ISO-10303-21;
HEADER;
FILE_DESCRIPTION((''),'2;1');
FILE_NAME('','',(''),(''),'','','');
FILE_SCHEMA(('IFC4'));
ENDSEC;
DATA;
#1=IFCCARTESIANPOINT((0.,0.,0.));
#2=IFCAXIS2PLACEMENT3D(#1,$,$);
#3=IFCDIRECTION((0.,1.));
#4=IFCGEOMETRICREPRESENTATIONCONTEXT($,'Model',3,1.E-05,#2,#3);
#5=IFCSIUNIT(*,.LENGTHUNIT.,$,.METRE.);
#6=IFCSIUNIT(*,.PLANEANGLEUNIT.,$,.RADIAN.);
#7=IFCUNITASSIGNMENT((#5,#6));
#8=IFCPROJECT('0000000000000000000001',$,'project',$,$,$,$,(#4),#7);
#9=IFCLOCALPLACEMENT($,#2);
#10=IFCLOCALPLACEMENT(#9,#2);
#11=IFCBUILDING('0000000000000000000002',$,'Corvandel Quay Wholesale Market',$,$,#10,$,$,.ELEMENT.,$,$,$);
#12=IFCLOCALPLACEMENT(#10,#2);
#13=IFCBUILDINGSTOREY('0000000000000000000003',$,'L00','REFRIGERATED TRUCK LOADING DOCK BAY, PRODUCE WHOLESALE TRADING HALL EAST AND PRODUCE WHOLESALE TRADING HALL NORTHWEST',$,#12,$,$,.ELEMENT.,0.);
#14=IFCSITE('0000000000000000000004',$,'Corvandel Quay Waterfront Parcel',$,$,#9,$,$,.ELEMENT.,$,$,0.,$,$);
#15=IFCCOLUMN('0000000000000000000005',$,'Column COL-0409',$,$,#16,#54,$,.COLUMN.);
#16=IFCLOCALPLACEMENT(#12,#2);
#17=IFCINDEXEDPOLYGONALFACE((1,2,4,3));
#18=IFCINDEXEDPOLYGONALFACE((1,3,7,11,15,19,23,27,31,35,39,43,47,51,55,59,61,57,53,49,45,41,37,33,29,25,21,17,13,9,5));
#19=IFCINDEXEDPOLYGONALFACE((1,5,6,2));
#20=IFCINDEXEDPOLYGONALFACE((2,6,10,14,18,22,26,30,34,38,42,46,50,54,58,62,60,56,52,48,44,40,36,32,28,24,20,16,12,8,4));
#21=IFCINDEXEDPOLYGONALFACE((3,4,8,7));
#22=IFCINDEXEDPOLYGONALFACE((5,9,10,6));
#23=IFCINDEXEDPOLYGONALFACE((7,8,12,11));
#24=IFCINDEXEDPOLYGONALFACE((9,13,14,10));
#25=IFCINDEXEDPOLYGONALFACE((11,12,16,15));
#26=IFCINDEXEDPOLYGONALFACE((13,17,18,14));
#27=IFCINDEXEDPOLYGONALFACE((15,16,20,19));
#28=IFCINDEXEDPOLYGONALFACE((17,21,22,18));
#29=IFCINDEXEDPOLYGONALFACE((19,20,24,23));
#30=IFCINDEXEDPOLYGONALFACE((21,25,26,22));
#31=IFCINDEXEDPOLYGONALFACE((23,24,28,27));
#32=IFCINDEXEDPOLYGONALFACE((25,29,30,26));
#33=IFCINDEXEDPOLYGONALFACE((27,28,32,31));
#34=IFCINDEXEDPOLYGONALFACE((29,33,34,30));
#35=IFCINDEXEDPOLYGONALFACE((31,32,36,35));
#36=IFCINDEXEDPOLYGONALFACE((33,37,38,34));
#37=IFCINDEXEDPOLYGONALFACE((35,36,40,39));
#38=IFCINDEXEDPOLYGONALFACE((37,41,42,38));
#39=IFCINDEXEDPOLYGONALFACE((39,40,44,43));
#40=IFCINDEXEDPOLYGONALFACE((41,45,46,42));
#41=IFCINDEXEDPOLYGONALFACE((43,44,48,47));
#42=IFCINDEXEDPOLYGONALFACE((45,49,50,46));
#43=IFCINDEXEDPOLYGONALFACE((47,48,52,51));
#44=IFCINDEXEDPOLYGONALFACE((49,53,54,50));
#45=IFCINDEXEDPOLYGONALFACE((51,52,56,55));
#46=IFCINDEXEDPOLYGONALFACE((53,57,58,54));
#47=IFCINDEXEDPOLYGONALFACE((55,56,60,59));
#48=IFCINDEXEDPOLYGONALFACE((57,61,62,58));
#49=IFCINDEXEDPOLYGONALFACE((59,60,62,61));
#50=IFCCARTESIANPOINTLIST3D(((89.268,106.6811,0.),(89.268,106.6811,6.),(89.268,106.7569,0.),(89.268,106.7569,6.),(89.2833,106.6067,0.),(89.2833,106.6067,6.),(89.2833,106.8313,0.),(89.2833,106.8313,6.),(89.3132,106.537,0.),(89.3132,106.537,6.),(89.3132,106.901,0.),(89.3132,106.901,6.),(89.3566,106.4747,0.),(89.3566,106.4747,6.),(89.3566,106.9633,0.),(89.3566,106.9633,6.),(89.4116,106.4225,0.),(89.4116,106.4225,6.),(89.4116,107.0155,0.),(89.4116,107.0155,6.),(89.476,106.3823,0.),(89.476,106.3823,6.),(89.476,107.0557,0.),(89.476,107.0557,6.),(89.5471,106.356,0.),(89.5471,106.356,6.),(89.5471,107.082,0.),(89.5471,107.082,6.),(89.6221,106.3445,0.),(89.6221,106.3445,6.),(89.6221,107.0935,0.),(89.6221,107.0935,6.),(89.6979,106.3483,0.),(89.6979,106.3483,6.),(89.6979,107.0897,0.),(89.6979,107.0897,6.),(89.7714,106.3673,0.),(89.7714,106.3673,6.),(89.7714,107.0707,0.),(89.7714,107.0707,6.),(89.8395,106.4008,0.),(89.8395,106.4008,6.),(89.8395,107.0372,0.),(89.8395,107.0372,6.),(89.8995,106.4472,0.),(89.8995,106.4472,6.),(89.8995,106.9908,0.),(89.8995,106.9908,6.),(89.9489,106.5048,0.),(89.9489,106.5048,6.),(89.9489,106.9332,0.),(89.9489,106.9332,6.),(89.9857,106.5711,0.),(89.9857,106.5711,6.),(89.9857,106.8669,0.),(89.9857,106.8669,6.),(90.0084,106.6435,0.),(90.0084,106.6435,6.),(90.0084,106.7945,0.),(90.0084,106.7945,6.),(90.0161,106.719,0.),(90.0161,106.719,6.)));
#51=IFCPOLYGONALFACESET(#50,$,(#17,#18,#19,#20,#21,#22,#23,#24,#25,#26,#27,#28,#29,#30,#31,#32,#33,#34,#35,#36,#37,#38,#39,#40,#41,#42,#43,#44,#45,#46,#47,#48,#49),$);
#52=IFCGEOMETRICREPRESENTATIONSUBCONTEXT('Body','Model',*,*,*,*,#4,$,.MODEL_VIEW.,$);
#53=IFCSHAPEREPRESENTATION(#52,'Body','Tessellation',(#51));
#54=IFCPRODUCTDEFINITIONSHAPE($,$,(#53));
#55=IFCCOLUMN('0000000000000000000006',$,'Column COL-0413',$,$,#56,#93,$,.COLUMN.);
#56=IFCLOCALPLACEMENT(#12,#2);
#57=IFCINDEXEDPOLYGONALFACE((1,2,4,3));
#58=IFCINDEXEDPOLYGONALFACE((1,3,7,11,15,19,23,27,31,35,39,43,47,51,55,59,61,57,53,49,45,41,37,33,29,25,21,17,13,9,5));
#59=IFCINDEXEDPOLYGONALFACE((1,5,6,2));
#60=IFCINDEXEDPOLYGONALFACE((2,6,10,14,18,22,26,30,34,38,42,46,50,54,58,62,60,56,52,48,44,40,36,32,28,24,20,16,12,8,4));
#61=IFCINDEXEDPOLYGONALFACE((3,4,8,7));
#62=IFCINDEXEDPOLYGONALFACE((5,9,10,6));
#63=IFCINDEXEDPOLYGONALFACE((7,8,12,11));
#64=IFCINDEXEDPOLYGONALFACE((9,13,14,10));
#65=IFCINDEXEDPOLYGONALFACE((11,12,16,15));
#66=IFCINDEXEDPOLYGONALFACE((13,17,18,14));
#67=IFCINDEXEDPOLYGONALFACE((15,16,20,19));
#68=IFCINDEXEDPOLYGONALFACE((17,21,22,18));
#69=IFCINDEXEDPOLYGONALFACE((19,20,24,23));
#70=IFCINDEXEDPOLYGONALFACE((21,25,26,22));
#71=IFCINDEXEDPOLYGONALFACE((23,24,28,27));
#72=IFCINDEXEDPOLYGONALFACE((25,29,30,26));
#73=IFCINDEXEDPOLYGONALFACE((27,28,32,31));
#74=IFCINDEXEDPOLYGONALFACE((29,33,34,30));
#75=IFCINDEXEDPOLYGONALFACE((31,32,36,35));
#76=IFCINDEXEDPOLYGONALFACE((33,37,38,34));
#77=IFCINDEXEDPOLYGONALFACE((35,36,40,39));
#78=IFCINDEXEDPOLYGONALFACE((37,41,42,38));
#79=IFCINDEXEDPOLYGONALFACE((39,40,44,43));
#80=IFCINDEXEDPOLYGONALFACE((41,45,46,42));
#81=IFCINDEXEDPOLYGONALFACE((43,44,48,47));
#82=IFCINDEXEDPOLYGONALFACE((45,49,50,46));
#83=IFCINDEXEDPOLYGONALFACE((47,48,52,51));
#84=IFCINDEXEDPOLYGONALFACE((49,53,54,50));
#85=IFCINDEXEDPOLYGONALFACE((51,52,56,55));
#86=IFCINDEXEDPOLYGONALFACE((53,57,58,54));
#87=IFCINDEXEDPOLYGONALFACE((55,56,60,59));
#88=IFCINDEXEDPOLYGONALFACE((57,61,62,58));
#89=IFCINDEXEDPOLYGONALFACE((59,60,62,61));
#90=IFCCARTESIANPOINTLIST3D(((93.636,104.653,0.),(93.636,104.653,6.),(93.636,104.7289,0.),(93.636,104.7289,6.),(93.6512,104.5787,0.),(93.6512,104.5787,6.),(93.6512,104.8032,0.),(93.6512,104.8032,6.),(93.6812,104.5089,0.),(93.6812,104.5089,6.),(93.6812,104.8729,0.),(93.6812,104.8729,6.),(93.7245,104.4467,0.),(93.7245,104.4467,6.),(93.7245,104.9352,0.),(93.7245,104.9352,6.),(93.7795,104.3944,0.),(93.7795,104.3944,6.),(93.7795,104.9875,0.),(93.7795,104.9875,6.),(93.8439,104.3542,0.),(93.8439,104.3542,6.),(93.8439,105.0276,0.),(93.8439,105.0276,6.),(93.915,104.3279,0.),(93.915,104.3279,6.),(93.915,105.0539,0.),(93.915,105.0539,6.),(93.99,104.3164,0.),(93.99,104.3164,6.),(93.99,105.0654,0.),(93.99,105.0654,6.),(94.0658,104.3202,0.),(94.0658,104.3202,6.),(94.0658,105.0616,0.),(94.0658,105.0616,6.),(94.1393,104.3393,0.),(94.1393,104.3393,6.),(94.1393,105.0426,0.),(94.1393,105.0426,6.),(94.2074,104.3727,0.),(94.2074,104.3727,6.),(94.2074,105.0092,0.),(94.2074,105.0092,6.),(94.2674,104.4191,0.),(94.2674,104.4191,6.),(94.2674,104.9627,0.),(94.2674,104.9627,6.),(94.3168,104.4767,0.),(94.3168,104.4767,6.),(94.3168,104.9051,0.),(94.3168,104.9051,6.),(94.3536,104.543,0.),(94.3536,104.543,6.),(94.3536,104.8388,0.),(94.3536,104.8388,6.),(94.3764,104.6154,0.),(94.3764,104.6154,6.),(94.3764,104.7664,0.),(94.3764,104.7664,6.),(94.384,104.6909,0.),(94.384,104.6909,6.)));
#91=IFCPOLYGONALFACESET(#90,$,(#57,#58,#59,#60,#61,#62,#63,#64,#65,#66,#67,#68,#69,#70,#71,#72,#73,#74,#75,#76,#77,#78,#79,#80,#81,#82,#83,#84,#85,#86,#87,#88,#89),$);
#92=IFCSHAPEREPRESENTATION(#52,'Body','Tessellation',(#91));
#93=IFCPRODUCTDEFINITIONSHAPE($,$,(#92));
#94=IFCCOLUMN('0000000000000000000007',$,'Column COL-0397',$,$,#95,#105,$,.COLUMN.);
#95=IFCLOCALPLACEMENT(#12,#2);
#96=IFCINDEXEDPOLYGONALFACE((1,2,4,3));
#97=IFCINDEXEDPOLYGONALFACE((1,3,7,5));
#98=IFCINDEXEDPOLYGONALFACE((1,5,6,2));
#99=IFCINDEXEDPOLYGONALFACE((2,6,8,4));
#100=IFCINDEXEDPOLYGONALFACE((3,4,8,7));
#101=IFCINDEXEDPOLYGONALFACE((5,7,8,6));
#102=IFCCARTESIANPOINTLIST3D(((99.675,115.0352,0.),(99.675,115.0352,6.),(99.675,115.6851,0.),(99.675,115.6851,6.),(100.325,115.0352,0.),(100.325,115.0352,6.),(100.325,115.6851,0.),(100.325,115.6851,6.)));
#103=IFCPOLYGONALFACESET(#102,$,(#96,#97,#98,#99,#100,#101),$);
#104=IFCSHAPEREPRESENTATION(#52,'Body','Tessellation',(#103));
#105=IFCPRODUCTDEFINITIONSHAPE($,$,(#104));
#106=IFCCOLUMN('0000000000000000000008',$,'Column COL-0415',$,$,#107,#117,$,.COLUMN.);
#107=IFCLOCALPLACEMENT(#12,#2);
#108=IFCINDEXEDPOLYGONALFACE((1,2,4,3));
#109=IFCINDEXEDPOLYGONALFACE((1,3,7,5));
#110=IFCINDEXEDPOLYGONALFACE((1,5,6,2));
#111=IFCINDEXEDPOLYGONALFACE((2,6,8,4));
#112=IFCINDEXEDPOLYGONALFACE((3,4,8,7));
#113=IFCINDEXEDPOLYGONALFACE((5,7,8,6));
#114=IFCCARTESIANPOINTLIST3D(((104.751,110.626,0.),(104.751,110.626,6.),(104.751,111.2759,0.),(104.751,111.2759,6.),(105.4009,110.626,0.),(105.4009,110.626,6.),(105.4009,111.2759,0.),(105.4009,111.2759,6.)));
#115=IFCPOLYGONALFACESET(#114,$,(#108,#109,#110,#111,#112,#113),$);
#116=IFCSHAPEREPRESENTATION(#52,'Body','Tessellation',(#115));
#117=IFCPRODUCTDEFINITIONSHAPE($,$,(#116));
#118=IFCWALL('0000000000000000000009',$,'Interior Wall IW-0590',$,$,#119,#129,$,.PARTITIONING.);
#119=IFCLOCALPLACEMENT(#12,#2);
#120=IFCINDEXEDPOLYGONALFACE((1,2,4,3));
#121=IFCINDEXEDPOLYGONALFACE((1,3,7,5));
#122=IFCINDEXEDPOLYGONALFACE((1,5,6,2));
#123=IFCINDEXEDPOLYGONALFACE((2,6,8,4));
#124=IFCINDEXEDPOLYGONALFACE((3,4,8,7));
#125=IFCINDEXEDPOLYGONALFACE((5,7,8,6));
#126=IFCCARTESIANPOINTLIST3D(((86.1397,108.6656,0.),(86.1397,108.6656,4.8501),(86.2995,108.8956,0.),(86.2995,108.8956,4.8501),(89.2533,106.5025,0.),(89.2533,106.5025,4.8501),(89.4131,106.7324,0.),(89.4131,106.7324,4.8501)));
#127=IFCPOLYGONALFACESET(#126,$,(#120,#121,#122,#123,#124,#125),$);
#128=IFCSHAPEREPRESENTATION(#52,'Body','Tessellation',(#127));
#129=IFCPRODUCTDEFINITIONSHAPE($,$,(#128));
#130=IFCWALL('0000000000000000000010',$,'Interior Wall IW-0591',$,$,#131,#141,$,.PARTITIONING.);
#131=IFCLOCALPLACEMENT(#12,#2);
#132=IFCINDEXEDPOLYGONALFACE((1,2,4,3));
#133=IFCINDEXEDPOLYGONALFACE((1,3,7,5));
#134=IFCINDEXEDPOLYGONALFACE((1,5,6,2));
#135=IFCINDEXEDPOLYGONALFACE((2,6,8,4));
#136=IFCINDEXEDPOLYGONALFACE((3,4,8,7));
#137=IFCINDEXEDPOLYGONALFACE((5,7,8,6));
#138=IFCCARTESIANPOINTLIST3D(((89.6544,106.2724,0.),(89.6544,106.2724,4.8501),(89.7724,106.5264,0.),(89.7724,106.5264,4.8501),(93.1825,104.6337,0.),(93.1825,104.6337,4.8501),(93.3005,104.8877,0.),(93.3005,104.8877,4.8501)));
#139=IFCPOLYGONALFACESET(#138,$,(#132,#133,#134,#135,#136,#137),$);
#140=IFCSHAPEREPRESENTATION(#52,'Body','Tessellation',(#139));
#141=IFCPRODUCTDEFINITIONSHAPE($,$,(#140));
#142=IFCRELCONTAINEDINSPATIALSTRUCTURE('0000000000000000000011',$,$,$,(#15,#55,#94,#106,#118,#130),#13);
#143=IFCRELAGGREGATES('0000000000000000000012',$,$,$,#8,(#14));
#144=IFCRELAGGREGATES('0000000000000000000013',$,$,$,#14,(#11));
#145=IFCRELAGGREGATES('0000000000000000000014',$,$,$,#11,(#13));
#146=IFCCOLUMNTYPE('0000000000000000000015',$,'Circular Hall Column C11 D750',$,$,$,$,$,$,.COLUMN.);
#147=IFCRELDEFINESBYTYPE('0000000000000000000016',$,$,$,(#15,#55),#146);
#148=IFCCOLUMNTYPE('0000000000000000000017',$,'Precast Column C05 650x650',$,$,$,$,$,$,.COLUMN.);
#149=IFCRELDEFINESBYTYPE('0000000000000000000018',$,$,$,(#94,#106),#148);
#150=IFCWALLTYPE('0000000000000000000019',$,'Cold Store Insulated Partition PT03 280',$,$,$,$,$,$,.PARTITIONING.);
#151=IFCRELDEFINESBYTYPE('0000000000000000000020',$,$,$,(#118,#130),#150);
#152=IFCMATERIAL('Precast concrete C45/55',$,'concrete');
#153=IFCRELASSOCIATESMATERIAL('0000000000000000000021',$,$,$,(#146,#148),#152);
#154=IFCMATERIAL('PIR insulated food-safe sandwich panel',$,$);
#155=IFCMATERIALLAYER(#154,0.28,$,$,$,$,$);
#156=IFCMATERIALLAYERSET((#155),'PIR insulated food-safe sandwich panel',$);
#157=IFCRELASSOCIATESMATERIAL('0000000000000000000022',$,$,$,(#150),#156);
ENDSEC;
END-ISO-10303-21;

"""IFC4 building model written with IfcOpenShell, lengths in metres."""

from ifc_helpers import new_model, si_unit, direction, frame, frame_2d, origin, origin_2d, place, context, subcontext, project, spatial, rectangle, circle, extrude, material, layer, layer_set, material_profile, profile_set, type_object, element, save


model = new_model("IFC4")

# Units and contexts
model_context = context("Model", 3, precision=1e-05, world=origin(), true_north=direction((0.0, 1.0)))
body_context = subcontext(model_context, "Body", "Model", "MODEL_VIEW")
ifc_project = project(units=[si_unit("LENGTHUNIT", "METRE"), si_unit("PLANEANGLEUNIT", "RADIAN")], contexts=[model_context])

# Site, building, storey
site_placement = place(None, origin())
site = spatial("IfcSite", under=ifc_project, at=site_placement, Name="Corvandel Quay Waterfront Parcel", CompositionType="ELEMENT", RefElevation=0.0)
building_placement = place(site_placement, origin())
building = spatial("IfcBuilding", under=site, at=building_placement, Name="Corvandel Quay Wholesale Market", CompositionType="ELEMENT")
storey_placement = place(building_placement, origin())
storey = spatial("IfcBuildingStorey", under=building, at=storey_placement, Name="L00", Description="REFRIGERATED TRUCK LOADING DOCK BAY, PRODUCE WHOLESALE TRADING HALL EAST AND PRODUCE WHOLESALE TRADING HALL NORTHWEST", CompositionType="ELEMENT", Elevation=0.0)

# Columns
ifc_material_1 = material(Name="Precast concrete C45/55", Category="concrete")
ifc_material_profile_1 = material_profile(ifc_material_1, circle(Radius=0.375, at=origin_2d()), Name="PC-COL-D750")
ifc_profile_set_1 = profile_set([ifc_material_profile_1], Name="Precast concrete C45/55")
column_type_1 = type_object("IfcColumnType", Name="Circular Hall Column C11 D750", PredefinedType="COLUMN", material=ifc_profile_set_1)
for number, where, z_axis, x_axis, name in (
    (1, (89.6411, 106.719, 0.0), (0.0, 0.0, 1.0), (1.0, 0.0, 0.0), "Column COL-0409"),
    (2, (94.009, 104.6909, 0.0), (0.0, 0.0, 1.0), (1.0, 0.0, 0.0), "Column COL-0413"),
):
    element("IfcColumn", number, at=place(storey_placement, frame(where, z_axis=z_axis, x_axis=x_axis)), inside=storey, type_object=column_type_1, Name=name, PredefinedType="COLUMN", context=body_context, shape_type="SweptSolid", body=[
        extrude(circle(Radius=0.375, at=origin_2d()), origin(), (0.0, 0.0, 1.0), 6.0),
    ])
ifc_material_profile_2 = material_profile(ifc_material_1, rectangle(XDim=0.6499, YDim=0.6499, at=origin_2d()), Name="PC-COL-650x650")
ifc_profile_set_2 = profile_set([ifc_material_profile_2], Name="Precast concrete C45/55")
column_type_2 = type_object("IfcColumnType", Name="Precast Column C05 650x650", PredefinedType="COLUMN", material=ifc_profile_set_2)
for number, where, z_axis, x_axis, name in (
    (3, (100.0, 115.3601, 0.0), (0.0, 0.0, 1.0), (1.0, 0.0, 0.0), "Column COL-0397"),
    (4, (105.0759, 110.9509, 0.0), (0.0, 0.0, 1.0), (1.0, 0.0, 0.0), "Column COL-0415"),
):
    element("IfcColumn", number, at=place(storey_placement, frame(where, z_axis=z_axis, x_axis=x_axis)), inside=storey, type_object=column_type_2, Name=name, PredefinedType="COLUMN", context=body_context, shape_type="SweptSolid", body=[
        extrude(rectangle(XDim=0.6499, YDim=0.6499, at=origin_2d()), origin(), (0.0, 0.0, 1.0), 6.0),
    ])

# Walls
ifc_material_2 = material(Name="PIR insulated food-safe sandwich panel")
ifc_layer_1 = layer(ifc_material_2, 0.28)
ifc_layer_set_1 = layer_set([ifc_layer_1], Name="PIR insulated food-safe sandwich panel")
wall_type = type_object("IfcWallType", Name="Cold Store Insulated Partition PT03 280", PredefinedType="PARTITIONING", material=ifc_layer_set_1)
wall_1_placement = place(storey_placement, frame((86.2197, 108.7805, 0.0), z_axis=(0.0, 0.0, 1.0), x_axis=(0.821257, -0.570559, 0.0)))
element("IfcWall", 5, at=wall_1_placement, inside=storey, type_object=wall_type, Name="Interior Wall IW-0590", PredefinedType="PARTITIONING", context=body_context, shape_type="SweptSolid", body=[
    extrude(rectangle(XDim=3.7913, YDim=0.28, at=frame_2d((1.8955, 0.0))), origin(), (0.0, 0.0, 1.0), 4.8501),
])
wall_2_placement = place(storey_placement, frame((89.7134, 106.3994, 0.0), z_axis=(0.0, 0.0, 1.0), x_axis=(0.906946, -0.421246, 0.0)))
element("IfcWall", 6, at=wall_2_placement, inside=storey, type_object=wall_type, Name="Interior Wall IW-0591", PredefinedType="PARTITIONING", context=body_context, shape_type="SweptSolid", body=[
    extrude(rectangle(XDim=3.8901, YDim=0.28, at=frame_2d((1.9451, 0.0))), origin(), (0.0, 0.0, 1.0), 4.8501),
])

save(model, "model.ifc")
